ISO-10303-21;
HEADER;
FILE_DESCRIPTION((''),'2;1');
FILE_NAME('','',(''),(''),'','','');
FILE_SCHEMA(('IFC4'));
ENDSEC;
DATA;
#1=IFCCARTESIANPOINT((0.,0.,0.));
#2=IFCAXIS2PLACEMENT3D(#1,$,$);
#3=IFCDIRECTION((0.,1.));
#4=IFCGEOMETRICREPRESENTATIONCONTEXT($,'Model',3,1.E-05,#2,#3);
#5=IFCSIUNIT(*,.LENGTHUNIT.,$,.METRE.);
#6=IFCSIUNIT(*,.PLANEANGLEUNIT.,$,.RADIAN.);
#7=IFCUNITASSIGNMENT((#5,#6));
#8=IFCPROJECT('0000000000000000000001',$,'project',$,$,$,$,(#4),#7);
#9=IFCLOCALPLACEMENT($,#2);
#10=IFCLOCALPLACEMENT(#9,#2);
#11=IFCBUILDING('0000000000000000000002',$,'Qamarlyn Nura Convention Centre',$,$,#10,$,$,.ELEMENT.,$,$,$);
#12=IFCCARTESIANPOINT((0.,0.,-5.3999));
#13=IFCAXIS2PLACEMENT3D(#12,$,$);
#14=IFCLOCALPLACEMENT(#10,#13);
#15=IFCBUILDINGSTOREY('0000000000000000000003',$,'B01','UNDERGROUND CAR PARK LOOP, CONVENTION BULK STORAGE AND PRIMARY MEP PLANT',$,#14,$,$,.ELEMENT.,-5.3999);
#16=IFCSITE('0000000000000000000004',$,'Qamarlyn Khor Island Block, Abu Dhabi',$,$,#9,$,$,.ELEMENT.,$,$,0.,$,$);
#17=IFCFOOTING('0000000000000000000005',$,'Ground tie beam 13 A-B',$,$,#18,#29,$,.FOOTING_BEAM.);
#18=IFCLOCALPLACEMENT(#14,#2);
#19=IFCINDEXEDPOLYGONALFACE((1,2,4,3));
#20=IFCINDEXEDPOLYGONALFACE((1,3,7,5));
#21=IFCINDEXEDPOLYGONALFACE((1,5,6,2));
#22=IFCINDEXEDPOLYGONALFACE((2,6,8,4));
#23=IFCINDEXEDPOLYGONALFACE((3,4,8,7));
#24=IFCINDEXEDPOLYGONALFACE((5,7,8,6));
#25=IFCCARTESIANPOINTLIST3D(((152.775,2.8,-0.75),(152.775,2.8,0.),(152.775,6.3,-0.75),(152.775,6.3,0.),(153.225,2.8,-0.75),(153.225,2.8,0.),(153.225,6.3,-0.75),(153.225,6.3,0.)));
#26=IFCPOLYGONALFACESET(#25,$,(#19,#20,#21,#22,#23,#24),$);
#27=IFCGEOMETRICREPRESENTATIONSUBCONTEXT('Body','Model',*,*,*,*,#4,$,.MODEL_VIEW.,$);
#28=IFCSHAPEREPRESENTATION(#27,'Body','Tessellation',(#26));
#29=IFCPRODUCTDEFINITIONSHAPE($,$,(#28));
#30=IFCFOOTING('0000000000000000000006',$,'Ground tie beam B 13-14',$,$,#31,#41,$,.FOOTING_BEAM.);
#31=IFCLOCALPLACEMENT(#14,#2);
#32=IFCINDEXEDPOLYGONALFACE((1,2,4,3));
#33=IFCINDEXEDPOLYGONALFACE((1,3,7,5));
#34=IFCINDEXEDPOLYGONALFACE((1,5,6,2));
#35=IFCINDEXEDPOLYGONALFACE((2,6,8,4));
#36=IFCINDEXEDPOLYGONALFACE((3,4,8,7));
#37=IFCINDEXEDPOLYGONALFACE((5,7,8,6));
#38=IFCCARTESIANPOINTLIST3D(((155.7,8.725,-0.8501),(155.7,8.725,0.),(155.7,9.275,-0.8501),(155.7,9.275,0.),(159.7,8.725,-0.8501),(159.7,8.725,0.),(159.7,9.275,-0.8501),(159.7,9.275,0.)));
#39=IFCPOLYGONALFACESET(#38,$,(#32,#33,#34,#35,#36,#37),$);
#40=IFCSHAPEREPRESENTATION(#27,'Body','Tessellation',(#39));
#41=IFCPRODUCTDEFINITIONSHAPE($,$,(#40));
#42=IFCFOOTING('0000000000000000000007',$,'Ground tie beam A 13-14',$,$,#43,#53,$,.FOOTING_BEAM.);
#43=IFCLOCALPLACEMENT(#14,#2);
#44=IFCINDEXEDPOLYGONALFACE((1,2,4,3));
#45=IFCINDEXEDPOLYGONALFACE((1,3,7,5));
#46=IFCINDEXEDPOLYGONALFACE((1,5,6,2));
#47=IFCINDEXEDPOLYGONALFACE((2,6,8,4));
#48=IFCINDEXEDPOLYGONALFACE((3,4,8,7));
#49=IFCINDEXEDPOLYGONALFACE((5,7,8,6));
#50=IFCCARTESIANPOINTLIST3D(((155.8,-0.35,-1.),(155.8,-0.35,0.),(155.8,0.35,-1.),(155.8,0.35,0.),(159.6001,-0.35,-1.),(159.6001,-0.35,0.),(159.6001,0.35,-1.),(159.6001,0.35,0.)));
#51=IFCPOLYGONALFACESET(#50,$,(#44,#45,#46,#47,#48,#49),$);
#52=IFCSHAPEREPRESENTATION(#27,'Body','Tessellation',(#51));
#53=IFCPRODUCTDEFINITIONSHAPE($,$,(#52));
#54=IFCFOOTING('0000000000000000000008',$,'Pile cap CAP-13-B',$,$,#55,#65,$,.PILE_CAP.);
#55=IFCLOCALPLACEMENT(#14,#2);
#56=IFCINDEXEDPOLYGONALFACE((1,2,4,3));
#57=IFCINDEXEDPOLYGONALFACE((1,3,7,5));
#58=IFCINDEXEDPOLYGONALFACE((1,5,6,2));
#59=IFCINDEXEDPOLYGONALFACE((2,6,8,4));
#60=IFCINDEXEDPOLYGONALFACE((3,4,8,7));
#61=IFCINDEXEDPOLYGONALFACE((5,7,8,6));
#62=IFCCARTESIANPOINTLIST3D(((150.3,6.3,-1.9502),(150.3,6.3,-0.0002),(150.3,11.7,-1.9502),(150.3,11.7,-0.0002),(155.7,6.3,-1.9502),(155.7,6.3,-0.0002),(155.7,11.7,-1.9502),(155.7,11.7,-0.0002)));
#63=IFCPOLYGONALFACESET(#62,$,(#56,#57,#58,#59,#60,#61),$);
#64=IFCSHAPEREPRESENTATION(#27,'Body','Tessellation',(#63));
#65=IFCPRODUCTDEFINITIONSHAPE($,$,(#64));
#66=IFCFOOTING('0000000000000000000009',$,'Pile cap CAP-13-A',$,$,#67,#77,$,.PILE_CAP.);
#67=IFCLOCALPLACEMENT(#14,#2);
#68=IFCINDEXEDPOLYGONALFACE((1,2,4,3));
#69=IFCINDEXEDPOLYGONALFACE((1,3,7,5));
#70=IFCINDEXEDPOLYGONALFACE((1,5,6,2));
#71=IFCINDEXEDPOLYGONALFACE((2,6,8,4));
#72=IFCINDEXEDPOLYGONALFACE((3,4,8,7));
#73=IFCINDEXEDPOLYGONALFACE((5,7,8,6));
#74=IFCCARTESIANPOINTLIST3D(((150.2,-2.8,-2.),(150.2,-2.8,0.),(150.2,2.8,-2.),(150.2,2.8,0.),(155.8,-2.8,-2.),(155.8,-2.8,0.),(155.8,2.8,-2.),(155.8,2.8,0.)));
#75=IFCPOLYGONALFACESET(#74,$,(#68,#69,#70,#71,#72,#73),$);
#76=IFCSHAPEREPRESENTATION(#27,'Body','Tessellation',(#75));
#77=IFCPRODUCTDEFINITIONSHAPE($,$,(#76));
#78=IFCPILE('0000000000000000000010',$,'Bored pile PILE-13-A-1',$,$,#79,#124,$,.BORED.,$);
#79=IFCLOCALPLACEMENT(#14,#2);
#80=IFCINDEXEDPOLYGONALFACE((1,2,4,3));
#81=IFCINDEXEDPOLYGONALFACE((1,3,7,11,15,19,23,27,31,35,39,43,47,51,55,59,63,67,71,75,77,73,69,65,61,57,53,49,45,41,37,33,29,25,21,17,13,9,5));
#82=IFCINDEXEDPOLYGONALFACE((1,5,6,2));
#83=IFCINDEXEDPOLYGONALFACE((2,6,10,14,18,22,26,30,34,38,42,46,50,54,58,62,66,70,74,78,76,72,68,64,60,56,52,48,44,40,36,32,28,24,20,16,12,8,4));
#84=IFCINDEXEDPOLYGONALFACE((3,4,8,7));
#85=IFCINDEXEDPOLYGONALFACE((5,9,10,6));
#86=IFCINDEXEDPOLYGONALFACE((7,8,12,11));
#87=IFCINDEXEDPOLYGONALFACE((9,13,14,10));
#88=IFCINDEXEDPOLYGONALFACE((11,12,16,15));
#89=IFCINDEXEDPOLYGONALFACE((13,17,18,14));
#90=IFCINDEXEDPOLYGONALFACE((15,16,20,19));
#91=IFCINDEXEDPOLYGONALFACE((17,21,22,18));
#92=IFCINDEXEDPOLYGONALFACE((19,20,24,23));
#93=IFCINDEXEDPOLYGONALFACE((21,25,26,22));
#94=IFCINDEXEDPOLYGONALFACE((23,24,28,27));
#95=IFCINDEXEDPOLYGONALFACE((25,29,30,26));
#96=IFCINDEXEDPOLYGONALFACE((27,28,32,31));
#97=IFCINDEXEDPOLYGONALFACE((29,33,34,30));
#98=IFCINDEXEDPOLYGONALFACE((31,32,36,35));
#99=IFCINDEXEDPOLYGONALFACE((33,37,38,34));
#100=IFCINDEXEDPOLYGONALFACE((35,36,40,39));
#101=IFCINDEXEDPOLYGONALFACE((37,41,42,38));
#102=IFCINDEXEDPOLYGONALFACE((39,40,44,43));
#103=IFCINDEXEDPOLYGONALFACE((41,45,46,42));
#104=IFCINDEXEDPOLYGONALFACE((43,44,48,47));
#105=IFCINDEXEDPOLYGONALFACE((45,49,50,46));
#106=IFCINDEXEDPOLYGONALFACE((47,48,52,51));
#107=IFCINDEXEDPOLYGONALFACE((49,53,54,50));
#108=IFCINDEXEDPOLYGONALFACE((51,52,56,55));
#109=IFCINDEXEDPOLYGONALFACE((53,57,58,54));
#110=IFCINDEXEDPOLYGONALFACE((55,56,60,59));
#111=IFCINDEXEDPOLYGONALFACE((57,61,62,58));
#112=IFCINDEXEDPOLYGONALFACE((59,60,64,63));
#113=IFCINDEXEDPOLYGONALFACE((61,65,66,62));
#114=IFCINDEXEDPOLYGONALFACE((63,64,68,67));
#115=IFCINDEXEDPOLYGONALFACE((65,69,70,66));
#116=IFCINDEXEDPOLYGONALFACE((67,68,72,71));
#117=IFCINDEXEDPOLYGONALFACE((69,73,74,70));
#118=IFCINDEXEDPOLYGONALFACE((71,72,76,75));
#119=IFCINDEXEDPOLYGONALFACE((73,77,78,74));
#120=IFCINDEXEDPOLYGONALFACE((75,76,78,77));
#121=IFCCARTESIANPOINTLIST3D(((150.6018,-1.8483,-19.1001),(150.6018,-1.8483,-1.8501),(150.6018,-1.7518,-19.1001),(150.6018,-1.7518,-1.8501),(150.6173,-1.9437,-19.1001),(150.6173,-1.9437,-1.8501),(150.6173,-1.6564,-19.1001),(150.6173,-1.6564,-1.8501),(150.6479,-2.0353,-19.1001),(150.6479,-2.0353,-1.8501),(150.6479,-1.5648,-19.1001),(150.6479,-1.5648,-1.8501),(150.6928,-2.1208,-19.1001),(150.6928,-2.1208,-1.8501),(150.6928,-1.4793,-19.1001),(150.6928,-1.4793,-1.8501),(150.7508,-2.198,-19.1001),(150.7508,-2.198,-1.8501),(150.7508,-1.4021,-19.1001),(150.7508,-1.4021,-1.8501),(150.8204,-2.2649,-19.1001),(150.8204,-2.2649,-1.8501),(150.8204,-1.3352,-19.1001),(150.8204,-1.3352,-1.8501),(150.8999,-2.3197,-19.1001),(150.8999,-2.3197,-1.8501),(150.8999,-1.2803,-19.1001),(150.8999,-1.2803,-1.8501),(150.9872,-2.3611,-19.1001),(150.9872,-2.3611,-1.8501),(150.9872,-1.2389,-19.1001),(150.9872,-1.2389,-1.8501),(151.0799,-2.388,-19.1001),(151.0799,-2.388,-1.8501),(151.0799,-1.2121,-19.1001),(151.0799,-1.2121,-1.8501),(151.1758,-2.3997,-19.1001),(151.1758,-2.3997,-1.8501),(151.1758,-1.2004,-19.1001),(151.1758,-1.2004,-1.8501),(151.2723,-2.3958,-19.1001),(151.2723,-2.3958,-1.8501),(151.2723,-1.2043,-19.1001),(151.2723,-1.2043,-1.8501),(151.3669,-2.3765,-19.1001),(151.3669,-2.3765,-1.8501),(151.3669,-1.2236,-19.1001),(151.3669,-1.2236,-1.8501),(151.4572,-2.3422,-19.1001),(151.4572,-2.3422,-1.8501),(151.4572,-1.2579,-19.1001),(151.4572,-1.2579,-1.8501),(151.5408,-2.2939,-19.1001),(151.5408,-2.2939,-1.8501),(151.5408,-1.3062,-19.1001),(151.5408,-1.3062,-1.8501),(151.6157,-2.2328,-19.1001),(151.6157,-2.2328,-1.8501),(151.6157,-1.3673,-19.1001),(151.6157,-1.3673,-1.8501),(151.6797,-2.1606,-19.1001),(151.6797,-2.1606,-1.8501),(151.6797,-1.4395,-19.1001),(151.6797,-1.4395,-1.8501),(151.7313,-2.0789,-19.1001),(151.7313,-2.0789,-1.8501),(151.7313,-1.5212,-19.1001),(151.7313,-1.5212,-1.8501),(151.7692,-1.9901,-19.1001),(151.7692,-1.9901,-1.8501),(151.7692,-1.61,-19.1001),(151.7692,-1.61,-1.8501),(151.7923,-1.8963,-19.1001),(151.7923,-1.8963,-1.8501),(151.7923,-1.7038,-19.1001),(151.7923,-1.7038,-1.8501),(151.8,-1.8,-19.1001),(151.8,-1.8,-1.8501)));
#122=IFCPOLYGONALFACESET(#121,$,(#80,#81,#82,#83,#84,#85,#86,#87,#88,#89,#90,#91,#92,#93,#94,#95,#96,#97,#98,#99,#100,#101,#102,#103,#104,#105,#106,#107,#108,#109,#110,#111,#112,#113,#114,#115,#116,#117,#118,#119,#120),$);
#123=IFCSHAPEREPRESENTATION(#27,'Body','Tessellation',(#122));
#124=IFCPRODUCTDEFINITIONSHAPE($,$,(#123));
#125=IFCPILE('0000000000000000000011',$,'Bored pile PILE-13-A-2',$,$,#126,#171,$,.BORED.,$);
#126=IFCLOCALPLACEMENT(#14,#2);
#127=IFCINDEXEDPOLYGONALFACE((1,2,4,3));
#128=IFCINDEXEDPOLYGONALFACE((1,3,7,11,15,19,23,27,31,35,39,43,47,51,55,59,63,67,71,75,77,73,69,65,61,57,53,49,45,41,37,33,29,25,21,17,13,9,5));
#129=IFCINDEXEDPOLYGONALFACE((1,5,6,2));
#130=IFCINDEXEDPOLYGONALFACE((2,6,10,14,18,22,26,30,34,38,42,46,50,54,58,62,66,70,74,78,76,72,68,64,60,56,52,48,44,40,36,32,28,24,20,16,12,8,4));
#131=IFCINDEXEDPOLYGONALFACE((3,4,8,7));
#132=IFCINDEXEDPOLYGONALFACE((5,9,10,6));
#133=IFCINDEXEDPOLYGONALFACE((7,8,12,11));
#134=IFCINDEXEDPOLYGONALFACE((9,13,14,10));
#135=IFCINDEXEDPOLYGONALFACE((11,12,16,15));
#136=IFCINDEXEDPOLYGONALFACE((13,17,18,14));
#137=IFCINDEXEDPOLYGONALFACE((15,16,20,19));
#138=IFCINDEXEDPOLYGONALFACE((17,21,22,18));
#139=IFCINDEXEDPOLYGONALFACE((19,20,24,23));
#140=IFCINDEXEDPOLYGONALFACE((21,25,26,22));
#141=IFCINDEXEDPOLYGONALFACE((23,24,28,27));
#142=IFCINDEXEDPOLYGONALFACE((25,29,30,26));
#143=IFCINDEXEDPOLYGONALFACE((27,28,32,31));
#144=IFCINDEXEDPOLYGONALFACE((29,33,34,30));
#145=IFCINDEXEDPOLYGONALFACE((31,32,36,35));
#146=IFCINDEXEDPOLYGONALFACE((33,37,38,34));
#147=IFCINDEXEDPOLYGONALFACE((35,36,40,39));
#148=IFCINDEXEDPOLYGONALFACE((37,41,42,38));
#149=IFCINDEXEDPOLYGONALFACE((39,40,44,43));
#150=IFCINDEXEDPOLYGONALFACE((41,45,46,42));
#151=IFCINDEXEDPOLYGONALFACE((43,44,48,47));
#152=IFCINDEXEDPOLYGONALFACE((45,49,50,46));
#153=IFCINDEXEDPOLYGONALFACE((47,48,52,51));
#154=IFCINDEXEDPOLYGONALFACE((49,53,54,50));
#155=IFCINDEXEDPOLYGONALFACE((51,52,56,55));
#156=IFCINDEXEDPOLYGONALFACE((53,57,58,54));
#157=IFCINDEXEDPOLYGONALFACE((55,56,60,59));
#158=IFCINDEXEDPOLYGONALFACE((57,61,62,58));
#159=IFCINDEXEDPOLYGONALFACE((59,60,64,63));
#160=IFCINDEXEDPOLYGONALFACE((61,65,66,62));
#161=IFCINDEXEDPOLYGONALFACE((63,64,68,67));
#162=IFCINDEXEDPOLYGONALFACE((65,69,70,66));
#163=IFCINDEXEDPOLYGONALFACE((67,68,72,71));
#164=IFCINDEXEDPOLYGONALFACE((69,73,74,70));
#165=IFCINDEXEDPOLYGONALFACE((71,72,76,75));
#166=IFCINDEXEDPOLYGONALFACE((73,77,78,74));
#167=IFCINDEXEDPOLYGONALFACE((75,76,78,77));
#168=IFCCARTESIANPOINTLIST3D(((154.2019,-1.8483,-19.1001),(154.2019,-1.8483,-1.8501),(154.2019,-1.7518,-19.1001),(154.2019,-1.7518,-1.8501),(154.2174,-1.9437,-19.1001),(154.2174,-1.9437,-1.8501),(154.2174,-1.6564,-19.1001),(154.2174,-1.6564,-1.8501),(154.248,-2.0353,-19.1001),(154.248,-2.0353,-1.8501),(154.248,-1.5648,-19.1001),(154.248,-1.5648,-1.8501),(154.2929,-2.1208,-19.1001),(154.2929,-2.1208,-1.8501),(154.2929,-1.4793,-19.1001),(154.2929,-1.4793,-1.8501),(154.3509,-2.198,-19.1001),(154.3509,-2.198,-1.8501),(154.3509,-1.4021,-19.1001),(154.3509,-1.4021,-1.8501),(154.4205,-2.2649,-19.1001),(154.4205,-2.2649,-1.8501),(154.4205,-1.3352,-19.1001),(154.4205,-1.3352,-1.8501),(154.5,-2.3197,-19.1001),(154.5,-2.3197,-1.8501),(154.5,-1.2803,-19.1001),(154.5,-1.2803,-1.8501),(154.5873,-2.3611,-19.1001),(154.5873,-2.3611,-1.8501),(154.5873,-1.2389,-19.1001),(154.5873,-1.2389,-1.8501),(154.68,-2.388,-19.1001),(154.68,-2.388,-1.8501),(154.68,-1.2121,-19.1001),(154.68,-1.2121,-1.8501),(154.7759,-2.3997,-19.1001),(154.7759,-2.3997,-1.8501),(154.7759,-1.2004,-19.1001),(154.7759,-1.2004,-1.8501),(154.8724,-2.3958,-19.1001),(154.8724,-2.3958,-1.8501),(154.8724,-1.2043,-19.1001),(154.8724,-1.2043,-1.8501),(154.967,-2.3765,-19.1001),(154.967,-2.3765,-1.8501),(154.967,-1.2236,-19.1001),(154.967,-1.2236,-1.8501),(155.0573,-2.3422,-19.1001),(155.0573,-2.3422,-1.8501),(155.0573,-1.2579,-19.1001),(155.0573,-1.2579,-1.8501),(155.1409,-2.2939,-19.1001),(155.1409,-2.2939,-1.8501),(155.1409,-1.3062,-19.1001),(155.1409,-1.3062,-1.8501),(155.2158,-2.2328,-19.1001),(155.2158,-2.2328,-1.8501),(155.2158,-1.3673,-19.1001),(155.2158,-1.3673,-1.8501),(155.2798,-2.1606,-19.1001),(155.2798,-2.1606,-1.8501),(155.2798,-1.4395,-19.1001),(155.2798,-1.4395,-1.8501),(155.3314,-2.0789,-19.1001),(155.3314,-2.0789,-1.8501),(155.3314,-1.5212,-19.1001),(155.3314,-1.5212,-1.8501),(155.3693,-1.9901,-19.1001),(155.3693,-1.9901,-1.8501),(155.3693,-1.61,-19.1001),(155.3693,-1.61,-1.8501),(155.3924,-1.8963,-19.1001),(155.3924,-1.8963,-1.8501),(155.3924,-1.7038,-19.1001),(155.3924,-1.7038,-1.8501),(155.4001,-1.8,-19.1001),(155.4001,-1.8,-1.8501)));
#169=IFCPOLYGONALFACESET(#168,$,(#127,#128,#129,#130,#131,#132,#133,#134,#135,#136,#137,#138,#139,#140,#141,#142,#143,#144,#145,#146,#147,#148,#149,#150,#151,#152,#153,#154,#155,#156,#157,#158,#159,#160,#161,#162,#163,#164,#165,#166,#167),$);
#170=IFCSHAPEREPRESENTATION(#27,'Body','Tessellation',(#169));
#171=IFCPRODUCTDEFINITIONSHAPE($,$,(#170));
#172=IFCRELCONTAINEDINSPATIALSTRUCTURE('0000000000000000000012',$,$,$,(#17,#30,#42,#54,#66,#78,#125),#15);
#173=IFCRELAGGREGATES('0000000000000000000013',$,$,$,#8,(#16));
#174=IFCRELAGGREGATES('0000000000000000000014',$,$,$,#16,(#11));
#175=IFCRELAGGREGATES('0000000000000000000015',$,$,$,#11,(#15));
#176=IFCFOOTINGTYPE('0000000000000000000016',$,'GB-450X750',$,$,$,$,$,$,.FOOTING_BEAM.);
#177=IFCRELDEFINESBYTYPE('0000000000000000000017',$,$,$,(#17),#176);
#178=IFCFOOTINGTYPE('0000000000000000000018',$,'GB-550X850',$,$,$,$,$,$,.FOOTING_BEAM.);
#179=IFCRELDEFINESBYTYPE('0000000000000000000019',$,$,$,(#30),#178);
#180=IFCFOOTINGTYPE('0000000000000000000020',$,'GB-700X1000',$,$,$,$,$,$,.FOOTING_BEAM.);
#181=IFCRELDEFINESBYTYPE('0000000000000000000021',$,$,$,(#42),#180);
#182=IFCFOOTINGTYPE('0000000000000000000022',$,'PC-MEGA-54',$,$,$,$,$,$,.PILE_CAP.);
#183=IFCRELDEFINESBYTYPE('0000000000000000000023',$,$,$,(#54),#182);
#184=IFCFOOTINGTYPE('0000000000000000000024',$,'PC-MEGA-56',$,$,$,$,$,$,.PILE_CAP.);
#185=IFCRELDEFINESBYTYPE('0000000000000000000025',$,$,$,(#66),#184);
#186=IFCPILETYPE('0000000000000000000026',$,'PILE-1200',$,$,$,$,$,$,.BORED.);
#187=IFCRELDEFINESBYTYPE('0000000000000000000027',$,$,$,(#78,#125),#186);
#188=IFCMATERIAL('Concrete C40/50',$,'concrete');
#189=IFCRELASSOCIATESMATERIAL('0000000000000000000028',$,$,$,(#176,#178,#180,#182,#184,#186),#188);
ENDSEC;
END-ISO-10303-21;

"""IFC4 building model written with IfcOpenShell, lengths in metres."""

from ifc_helpers import new_model, si_unit, direction, frame, origin, origin_2d, place, context, subcontext, project, spatial, rectangle, circle, extrude, material, material_profile, profile_set, type_object, element, save


model = new_model("IFC4")

# Units and contexts
model_context = context("Model", 3, precision=1e-05, world=origin(), true_north=direction((0.0, 1.0)))
body_context = subcontext(model_context, "Body", "Model", "MODEL_VIEW")
ifc_project = project(units=[si_unit("LENGTHUNIT", "METRE"), si_unit("PLANEANGLEUNIT", "RADIAN")], contexts=[model_context])

# Site, building, storey
site_placement = place(None, origin())
site = spatial("IfcSite", under=ifc_project, at=site_placement, Name="Qamarlyn Khor Island Block, Abu Dhabi", CompositionType="ELEMENT", RefElevation=0.0)
building_placement = place(site_placement, origin())
building = spatial("IfcBuilding", under=site, at=building_placement, Name="Qamarlyn Nura Convention Centre", CompositionType="ELEMENT")
storey_placement = place(building_placement, frame((0.0, 0.0, -5.3999)))
storey = spatial("IfcBuildingStorey", under=building, at=storey_placement, Name="B01", Description="UNDERGROUND CAR PARK LOOP, CONVENTION BULK STORAGE AND PRIMARY MEP PLANT", CompositionType="ELEMENT", Elevation=-5.3999)

# Footings
ifc_material_1 = material(Name="Concrete C40/50", Category="concrete")
ifc_material_profile_1 = material_profile(ifc_material_1, rectangle(XDim=0.45, YDim=0.75, at=origin_2d()), Name="RC GB 450x750")
ifc_profile_set_1 = profile_set([ifc_material_profile_1], Name="Concrete C40/50")
footing_type_1 = type_object("IfcFootingType", Name="GB-450X750", PredefinedType="FOOTING_BEAM", material=ifc_profile_set_1)
footing_1_placement = place(storey_placement, frame((153.0, 2.8, -0.375), z_axis=(0.0, 1.0, 0.0), x_axis=(-1.0, 0.0, 0.0)))
element("IfcFooting", 1, at=footing_1_placement, inside=storey, type_object=footing_type_1, Name="Ground tie beam 13 A-B", PredefinedType="FOOTING_BEAM", context=body_context, shape_type="SweptSolid", body=[
    extrude(rectangle(XDim=0.45, YDim=0.75, at=origin_2d()), origin(), (0.0, 0.0, 1.0), 3.5),
])
ifc_material_profile_2 = material_profile(ifc_material_1, rectangle(XDim=0.55, YDim=0.8501, at=origin_2d()), Name="RC GB 550x850")
ifc_profile_set_2 = profile_set([ifc_material_profile_2], Name="Concrete C40/50")
footing_type_2 = type_object("IfcFootingType", Name="GB-550X850", PredefinedType="FOOTING_BEAM", material=ifc_profile_set_2)
footing_2_placement = place(storey_placement, frame((155.7, 9.0, -0.425), z_axis=(1.0, 0.0, 0.0), x_axis=(0.0, 1.0, 0.0)))
element("IfcFooting", 2, at=footing_2_placement, inside=storey, type_object=footing_type_2, Name="Ground tie beam B 13-14", PredefinedType="FOOTING_BEAM", context=body_context, shape_type="SweptSolid", body=[
    extrude(rectangle(XDim=0.55, YDim=0.8501, at=origin_2d()), origin(), (0.0, 0.0, 1.0), 4.0),
])
ifc_material_profile_3 = material_profile(ifc_material_1, rectangle(XDim=0.7, YDim=1.0, at=origin_2d()), Name="RC GB 700x1000")
ifc_profile_set_3 = profile_set([ifc_material_profile_3], Name="Concrete C40/50")
footing_type_3 = type_object("IfcFootingType", Name="GB-700X1000", PredefinedType="FOOTING_BEAM", material=ifc_profile_set_3)
footing_3_placement = place(storey_placement, frame((155.8, 0.0, -0.5), z_axis=(1.0, 0.0, 0.0), x_axis=(0.0, 1.0, 0.0)))
element("IfcFooting", 3, at=footing_3_placement, inside=storey, type_object=footing_type_3, Name="Ground tie beam A 13-14", PredefinedType="FOOTING_BEAM", context=body_context, shape_type="SweptSolid", body=[
    extrude(rectangle(XDim=0.7, YDim=1.0, at=origin_2d()), origin(), (0.0, 0.0, 1.0), 3.8),
])
footing_type_4 = type_object("IfcFootingType", Name="PC-MEGA-54", PredefinedType="PILE_CAP", material=ifc_material_1)
footing_4_placement = place(storey_placement, frame((153.0, 9.0, -1.9502), z_axis=(0.0, 0.0, 1.0), x_axis=(1.0, 0.0, 0.0)))
element("IfcFooting", 4, at=footing_4_placement, inside=storey, type_object=footing_type_4, Name="Pile cap CAP-13-B", PredefinedType="PILE_CAP", context=body_context, shape_type="SweptSolid", body=[
    extrude(rectangle(XDim=5.3999, YDim=5.3999, at=origin_2d()), origin(), (0.0, 0.0, 1.0), 1.95),
])
footing_type_5 = type_object("IfcFootingType", Name="PC-MEGA-56", PredefinedType="PILE_CAP", material=ifc_material_1)
footing_5_placement = place(storey_placement, frame((153.0, 0.0, -2.0), z_axis=(0.0, 0.0, 1.0), x_axis=(1.0, 0.0, 0.0)))
element("IfcFooting", 5, at=footing_5_placement, inside=storey, type_object=footing_type_5, Name="Pile cap CAP-13-A", PredefinedType="PILE_CAP", context=body_context, shape_type="SweptSolid", body=[
    extrude(rectangle(XDim=5.6001, YDim=5.6001, at=origin_2d()), origin(), (0.0, 0.0, 1.0), 2.0),
])

# Piles
ifc_material_profile_4 = material_profile(ifc_material_1, circle(Radius=0.6001, at=origin_2d()), Name="BORED PILE 1200")
ifc_profile_set_4 = profile_set([ifc_material_profile_4], Name="Concrete C40/50")
pile_type_1 = type_object("IfcPileType", Name="PILE-1200", PredefinedType="BORED", material=ifc_profile_set_4)
for number, where, z_axis, x_axis, name in (
    (6, (151.2, -1.8, -1.8501), (0.0, 0.0, -1.0), (1.0, 0.0, 0.0), "Bored pile PILE-13-A-1"),
    (7, (154.8, -1.8, -1.8501), (0.0, 0.0, -1.0), (1.0, 0.0, 0.0), "Bored pile PILE-13-A-2"),
):
    element("IfcPile", number, at=place(storey_placement, frame(where, z_axis=z_axis, x_axis=x_axis)), inside=storey, type_object=pile_type_1, Name=name, PredefinedType="BORED", context=body_context, shape_type="SweptSolid", body=[
        extrude(circle(Radius=0.6001, at=origin_2d()), origin(), (0.0, 0.0, 1.0), 17.25),
    ])

save(model, "model.ifc")
